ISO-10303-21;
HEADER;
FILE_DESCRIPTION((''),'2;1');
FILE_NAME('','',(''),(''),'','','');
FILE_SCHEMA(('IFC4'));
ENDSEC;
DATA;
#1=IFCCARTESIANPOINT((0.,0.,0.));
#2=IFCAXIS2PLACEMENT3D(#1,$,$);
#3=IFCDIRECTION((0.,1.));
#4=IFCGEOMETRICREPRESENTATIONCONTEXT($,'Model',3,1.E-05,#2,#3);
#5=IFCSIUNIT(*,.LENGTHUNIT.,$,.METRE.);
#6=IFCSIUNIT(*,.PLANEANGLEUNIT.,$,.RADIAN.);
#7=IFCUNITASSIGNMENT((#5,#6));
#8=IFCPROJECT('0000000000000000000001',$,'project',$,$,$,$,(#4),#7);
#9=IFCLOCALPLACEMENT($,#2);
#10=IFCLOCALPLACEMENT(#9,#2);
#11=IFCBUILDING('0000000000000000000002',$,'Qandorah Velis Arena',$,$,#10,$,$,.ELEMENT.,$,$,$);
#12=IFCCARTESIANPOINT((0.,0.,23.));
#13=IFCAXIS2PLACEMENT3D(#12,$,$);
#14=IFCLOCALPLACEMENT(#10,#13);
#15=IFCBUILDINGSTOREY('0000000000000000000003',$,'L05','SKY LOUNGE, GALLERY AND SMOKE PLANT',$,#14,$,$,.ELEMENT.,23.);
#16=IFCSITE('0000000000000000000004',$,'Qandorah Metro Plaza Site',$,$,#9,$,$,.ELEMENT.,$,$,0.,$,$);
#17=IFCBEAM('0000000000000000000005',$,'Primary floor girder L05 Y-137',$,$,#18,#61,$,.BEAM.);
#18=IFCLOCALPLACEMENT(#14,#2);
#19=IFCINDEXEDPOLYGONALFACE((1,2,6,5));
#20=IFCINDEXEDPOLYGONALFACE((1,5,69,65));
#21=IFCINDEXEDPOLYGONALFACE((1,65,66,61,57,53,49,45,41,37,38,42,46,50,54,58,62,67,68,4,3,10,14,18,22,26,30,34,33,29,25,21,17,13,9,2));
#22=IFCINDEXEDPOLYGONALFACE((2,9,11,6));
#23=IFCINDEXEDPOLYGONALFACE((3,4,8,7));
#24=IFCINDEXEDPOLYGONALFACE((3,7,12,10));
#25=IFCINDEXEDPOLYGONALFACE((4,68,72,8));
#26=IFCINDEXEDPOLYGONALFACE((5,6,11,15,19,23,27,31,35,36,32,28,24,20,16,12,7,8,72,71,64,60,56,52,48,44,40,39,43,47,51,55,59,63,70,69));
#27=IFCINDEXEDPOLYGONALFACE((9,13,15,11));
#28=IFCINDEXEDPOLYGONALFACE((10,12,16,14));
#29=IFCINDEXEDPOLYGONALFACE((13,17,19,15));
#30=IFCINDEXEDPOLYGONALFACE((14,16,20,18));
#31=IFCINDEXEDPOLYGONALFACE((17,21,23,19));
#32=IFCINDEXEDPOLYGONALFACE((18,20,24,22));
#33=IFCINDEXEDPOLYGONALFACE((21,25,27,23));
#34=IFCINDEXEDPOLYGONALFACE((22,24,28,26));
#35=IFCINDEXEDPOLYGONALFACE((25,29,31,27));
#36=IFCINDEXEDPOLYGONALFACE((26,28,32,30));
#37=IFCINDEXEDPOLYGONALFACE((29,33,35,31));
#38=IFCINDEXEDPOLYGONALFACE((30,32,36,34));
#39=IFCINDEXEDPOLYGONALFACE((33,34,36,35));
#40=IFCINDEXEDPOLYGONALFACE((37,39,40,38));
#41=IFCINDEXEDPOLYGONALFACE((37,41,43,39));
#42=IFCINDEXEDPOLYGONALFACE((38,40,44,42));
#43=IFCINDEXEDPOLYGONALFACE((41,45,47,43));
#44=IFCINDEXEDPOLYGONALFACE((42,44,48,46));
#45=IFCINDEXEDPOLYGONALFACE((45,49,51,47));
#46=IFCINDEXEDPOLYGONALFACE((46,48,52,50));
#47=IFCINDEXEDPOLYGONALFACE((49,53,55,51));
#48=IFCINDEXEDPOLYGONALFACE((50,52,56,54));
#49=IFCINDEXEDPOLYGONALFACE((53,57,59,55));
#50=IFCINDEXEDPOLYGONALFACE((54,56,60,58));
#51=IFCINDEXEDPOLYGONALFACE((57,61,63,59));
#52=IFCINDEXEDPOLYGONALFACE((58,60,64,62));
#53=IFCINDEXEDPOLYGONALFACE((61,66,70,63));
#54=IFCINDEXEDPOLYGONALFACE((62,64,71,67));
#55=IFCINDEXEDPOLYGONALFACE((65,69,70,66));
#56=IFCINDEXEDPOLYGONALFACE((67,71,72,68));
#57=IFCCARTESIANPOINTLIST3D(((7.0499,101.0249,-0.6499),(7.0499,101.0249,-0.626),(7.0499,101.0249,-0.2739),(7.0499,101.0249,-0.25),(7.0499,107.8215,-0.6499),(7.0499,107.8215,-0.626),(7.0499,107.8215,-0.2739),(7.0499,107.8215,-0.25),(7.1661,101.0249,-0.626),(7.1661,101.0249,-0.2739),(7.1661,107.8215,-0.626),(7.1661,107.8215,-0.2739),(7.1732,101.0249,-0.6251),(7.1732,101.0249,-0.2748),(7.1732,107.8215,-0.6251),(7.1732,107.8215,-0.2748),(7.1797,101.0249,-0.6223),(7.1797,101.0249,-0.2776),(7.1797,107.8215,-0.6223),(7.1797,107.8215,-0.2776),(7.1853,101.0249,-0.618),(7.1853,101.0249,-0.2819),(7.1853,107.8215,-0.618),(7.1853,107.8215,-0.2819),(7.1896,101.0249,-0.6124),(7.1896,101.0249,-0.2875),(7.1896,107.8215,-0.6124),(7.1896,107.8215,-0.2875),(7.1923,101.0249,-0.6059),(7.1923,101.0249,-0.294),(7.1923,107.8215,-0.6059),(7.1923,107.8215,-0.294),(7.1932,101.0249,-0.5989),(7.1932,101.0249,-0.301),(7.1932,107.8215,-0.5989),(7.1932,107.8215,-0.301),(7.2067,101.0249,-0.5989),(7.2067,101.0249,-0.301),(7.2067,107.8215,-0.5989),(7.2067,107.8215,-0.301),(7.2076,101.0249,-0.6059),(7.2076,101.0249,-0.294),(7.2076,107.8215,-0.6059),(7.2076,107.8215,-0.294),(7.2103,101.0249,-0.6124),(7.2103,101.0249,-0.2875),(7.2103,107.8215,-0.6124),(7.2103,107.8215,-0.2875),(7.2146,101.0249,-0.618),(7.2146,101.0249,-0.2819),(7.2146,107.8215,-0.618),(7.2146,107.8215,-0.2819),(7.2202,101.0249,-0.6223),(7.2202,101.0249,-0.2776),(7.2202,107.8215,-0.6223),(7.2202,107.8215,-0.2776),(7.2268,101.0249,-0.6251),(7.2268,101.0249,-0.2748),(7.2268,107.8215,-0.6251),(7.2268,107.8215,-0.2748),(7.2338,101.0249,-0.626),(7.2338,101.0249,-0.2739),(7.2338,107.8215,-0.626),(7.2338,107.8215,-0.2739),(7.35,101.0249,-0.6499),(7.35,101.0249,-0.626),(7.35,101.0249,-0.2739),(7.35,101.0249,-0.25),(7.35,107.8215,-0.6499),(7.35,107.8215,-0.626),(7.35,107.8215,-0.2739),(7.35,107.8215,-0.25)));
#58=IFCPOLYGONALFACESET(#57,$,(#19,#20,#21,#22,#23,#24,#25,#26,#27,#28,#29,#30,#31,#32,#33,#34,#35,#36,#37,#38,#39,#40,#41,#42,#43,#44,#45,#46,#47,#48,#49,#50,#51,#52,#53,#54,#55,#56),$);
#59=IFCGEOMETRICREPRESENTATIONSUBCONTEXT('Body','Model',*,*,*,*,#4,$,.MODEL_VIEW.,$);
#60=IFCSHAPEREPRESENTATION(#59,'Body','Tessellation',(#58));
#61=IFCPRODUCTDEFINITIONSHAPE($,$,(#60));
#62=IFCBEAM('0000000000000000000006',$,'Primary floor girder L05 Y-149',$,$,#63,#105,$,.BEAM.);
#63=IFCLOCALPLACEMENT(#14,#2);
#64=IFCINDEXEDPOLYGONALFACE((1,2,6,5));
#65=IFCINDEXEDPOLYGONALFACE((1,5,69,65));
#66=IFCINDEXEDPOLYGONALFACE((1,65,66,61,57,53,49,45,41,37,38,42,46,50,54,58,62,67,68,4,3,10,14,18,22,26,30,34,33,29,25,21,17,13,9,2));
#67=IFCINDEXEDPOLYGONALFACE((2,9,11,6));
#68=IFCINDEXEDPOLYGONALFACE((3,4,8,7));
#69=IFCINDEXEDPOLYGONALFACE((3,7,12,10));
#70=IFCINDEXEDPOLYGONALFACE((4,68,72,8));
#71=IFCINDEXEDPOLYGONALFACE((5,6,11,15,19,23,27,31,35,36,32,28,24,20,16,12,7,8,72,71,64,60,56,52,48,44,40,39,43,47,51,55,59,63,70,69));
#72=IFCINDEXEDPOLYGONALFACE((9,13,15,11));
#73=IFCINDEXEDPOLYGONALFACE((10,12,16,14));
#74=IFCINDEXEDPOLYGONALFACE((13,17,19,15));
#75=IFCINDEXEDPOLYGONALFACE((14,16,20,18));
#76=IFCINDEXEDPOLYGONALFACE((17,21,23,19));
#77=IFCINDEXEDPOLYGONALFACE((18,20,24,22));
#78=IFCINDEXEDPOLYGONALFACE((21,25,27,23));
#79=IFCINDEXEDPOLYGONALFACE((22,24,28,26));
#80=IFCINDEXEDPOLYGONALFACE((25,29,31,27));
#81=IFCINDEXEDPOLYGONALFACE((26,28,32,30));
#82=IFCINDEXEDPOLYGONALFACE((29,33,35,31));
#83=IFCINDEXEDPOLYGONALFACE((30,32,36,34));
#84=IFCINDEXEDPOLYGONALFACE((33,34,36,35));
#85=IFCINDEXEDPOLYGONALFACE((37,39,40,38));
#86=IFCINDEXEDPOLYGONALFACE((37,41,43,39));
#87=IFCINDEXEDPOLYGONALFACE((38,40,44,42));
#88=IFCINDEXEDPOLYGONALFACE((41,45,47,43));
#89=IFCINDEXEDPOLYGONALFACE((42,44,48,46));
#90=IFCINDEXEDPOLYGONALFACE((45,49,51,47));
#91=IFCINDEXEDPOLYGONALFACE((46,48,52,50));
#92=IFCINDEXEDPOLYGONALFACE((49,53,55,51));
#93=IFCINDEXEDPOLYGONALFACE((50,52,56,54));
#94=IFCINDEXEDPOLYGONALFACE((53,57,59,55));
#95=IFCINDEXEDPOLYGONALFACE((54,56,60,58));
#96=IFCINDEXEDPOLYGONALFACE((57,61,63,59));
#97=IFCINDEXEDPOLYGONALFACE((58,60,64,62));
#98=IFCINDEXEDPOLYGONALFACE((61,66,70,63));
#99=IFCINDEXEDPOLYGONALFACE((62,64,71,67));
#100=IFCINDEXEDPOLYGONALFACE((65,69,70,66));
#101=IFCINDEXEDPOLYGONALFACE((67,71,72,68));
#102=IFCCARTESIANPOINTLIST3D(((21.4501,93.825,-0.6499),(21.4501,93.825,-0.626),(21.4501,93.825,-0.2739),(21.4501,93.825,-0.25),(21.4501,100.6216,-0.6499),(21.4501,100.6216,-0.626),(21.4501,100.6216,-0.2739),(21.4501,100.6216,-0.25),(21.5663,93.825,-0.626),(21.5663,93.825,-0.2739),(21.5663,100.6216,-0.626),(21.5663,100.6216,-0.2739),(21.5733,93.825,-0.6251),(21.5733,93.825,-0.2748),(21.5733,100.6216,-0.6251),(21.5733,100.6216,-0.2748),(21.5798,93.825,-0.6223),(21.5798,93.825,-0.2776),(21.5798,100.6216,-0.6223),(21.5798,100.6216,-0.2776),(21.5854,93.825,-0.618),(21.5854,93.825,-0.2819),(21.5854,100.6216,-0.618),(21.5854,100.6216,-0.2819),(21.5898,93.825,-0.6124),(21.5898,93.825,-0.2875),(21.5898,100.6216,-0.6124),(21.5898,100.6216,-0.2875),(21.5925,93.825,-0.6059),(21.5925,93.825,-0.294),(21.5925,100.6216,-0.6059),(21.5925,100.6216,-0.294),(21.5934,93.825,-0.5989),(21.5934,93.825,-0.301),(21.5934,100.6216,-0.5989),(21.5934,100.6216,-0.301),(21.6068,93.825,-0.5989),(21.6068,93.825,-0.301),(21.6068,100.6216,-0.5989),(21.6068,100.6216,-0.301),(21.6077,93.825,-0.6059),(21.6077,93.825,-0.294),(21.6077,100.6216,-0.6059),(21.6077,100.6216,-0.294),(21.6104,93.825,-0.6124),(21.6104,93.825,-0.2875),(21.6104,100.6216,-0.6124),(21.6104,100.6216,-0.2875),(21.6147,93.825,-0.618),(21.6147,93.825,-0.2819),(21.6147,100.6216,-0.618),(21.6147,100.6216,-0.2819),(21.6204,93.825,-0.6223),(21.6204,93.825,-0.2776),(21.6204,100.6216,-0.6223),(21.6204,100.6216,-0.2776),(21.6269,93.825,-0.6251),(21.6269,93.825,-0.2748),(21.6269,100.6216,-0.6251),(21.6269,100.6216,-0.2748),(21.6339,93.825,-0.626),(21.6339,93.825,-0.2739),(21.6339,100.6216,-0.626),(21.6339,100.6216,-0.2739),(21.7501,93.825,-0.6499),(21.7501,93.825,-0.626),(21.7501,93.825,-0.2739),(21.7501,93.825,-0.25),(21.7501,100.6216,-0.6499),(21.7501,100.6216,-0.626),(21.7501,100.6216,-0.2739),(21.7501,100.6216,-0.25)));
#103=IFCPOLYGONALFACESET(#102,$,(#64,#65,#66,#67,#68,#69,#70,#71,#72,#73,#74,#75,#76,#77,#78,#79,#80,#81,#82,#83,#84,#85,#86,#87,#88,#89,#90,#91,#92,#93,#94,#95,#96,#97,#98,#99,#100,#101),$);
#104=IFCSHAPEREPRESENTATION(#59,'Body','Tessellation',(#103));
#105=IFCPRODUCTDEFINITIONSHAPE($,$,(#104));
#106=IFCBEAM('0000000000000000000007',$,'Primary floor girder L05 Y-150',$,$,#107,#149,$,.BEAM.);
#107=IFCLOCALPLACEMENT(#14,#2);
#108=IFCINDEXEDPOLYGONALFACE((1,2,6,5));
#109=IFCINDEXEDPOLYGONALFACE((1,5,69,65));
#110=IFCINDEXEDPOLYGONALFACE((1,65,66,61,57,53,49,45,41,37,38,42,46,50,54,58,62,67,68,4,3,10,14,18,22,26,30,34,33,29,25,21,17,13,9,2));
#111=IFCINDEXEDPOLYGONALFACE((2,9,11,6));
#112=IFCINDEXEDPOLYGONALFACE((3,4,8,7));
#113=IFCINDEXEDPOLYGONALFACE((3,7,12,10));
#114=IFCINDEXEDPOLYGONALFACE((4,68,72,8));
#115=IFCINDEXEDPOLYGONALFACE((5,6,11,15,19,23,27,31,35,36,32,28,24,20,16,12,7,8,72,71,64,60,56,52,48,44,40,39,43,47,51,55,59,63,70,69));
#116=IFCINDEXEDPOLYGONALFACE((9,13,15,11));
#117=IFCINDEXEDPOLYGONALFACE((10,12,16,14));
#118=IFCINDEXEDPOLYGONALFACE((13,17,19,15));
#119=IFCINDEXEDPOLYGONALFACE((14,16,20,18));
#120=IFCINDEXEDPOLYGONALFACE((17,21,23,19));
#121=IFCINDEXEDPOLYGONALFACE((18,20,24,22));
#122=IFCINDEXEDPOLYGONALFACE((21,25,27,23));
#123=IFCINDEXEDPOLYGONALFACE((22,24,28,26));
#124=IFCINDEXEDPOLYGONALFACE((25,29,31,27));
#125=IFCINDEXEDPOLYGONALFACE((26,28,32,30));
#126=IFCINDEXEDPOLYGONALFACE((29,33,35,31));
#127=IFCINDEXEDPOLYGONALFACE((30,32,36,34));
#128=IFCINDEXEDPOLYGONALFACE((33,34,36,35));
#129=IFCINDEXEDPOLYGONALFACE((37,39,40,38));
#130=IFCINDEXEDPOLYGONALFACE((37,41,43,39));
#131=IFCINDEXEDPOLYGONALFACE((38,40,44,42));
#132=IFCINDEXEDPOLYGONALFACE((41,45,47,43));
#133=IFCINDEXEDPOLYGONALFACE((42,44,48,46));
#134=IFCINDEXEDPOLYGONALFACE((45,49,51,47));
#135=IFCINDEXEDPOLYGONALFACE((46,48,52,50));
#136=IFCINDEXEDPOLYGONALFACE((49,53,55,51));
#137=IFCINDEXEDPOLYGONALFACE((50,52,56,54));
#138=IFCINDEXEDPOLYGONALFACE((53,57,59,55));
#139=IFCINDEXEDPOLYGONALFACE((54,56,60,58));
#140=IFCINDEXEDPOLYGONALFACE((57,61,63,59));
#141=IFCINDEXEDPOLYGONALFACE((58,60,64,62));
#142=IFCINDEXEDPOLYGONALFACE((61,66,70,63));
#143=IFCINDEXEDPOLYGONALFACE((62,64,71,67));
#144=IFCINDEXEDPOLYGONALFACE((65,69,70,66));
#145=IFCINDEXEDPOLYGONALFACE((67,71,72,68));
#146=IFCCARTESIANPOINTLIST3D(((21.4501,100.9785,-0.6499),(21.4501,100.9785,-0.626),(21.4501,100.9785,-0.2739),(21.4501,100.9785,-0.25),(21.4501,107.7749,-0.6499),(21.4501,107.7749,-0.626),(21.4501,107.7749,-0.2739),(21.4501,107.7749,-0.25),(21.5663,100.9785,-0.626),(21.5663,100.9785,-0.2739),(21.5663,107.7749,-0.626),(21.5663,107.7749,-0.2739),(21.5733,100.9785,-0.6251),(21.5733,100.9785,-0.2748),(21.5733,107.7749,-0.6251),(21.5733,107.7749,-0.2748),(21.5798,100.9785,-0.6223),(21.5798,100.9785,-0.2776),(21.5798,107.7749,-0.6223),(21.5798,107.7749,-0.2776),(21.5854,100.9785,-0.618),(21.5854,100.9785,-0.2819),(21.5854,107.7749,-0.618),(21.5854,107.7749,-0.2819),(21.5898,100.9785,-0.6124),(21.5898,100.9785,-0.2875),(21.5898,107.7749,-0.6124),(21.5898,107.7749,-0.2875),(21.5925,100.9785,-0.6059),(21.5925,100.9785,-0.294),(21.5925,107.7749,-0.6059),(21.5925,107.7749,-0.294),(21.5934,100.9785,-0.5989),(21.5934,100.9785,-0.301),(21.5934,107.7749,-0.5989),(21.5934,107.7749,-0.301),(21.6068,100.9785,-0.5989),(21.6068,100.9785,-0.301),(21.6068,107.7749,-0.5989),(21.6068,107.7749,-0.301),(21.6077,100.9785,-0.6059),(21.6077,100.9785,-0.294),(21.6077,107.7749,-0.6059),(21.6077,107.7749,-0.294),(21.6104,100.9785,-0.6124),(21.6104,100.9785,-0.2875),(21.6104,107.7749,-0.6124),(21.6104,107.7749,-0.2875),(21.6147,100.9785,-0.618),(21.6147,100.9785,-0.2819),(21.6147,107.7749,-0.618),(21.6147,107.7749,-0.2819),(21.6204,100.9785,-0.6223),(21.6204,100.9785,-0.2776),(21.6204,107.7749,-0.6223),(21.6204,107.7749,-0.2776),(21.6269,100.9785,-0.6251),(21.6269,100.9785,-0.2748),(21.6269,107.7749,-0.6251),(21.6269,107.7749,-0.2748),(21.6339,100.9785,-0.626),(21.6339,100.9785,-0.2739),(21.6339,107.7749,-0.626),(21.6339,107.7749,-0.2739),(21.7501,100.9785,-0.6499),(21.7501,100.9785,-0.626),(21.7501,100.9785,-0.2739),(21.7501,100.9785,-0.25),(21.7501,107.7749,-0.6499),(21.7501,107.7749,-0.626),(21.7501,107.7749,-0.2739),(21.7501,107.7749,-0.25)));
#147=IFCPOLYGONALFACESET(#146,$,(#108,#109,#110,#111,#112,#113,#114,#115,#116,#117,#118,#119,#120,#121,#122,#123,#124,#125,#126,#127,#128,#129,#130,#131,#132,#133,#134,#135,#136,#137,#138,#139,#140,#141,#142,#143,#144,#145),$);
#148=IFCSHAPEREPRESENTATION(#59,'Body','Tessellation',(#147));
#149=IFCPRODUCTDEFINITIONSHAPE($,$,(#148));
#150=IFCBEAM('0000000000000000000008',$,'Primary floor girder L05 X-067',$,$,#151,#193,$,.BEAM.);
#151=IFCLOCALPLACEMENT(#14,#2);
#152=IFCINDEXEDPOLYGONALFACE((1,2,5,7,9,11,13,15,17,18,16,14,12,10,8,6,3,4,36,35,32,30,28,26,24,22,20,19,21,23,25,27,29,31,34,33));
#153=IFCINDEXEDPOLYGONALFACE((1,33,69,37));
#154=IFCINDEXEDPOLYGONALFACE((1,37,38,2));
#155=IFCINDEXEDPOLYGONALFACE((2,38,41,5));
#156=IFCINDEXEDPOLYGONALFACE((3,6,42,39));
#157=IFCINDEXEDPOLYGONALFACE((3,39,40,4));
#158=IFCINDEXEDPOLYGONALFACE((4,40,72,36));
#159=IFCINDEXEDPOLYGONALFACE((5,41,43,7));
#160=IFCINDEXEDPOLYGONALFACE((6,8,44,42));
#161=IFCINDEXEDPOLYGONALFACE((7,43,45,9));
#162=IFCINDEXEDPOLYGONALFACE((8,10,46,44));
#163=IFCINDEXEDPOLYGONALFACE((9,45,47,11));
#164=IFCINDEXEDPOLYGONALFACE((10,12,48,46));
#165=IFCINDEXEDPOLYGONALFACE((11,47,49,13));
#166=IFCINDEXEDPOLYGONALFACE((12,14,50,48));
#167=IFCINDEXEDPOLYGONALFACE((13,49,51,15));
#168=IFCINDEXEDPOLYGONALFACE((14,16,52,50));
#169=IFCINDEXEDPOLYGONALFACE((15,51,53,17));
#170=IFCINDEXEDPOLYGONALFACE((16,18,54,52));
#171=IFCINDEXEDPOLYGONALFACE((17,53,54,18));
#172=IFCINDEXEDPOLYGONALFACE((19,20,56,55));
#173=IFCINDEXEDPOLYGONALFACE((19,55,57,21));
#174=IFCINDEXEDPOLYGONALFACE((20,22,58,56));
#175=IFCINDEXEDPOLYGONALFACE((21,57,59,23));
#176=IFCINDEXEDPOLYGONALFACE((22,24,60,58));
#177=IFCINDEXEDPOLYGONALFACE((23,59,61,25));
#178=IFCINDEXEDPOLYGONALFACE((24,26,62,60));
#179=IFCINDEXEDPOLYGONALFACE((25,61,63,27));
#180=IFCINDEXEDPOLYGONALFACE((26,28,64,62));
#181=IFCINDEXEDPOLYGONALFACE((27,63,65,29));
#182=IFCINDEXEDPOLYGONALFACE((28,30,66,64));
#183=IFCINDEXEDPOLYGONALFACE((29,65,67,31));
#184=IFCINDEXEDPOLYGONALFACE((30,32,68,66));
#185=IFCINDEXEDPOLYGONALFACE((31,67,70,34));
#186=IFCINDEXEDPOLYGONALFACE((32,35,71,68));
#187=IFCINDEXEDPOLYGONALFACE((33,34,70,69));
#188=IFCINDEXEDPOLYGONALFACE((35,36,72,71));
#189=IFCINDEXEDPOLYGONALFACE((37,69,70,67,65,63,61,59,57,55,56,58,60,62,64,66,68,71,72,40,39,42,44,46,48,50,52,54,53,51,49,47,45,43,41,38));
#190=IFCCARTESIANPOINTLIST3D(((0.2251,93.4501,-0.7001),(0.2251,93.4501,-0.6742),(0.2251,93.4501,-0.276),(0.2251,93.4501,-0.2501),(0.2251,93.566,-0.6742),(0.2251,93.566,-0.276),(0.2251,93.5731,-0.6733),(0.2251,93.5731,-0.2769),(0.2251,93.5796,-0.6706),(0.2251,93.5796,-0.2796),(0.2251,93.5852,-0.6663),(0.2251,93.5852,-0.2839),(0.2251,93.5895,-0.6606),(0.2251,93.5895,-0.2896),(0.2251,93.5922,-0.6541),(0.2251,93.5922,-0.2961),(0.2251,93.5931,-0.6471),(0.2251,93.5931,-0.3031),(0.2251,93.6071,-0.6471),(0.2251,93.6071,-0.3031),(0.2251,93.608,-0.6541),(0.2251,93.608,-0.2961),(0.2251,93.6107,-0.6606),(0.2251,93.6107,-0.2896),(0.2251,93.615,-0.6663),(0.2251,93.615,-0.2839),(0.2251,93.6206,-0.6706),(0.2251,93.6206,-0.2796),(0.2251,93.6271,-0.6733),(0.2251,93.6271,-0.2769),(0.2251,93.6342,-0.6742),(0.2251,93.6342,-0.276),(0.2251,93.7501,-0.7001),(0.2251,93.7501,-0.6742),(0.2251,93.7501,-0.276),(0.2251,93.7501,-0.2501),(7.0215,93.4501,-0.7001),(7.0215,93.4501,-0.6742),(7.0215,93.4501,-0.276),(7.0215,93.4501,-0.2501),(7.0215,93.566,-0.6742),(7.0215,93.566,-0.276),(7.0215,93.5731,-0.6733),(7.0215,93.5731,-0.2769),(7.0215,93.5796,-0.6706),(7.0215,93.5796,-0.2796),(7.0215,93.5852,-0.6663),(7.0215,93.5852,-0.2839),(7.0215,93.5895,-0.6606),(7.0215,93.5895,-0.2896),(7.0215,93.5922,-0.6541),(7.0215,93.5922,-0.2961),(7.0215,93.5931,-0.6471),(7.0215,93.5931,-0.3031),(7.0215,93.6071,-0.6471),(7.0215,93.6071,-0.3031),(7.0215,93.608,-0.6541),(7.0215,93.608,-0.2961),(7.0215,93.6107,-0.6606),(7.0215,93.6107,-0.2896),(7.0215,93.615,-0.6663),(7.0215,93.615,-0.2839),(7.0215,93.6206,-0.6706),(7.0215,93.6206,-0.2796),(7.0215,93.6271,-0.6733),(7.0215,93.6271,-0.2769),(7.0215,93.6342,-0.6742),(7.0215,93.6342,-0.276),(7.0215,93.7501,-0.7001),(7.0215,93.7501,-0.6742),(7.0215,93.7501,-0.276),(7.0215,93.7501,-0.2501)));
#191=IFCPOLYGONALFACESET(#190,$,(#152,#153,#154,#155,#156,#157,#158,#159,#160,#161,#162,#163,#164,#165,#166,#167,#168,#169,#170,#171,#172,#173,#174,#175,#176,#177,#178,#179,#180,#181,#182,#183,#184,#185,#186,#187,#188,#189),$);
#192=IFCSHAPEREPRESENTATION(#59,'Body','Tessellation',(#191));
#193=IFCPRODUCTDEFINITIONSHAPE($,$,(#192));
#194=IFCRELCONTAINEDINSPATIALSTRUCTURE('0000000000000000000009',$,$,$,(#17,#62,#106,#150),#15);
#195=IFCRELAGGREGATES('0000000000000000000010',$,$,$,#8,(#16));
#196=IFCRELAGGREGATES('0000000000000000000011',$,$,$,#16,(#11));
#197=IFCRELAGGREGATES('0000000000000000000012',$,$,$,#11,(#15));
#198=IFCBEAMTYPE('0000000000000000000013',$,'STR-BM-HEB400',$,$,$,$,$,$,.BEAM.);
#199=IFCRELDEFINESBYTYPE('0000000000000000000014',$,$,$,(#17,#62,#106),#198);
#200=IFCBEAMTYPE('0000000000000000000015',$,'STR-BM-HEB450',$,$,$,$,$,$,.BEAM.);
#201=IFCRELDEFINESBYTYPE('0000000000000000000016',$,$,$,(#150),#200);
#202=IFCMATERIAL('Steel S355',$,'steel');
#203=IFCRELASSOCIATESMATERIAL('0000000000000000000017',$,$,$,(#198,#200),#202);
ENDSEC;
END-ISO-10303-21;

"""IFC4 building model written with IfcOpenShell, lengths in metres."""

from ifc_helpers import new_model, si_unit, direction, frame, origin, origin_2d, place, context, subcontext, project, spatial, i_section, extrude, material, material_profile, profile_set, type_object, element, save


model = new_model("IFC4")

# Units and contexts
model_context = context("Model", 3, precision=1e-05, world=origin(), true_north=direction((0.0, 1.0)))
body_context = subcontext(model_context, "Body", "Model", "MODEL_VIEW")
ifc_project = project(units=[si_unit("LENGTHUNIT", "METRE"), si_unit("PLANEANGLEUNIT", "RADIAN")], contexts=[model_context])

# Site, building, storey
site_placement = place(None, origin())
site = spatial("IfcSite", under=ifc_project, at=site_placement, Name="Qandorah Metro Plaza Site", CompositionType="ELEMENT", RefElevation=0.0)
building_placement = place(site_placement, origin())
building = spatial("IfcBuilding", under=site, at=building_placement, Name="Qandorah Velis Arena", CompositionType="ELEMENT")
storey_placement = place(building_placement, frame((0.0, 0.0, 23.0)))
storey = spatial("IfcBuildingStorey", under=building, at=storey_placement, Name="L05", Description="SKY LOUNGE, GALLERY AND SMOKE PLANT", CompositionType="ELEMENT", Elevation=23.0)

# Beams
ifc_material_1 = material(Name="Steel S355", Category="steel")
ifc_material_profile_1 = material_profile(ifc_material_1, i_section(OverallWidth=0.3, OverallDepth=0.3999, WebThickness=0.0134, FlangeThickness=0.0239, FilletRadius=0.0271, at=origin_2d()), Name="HEB 400")
ifc_profile_set_1 = profile_set([ifc_material_profile_1], Name="Steel S355")
beam_type_1 = type_object("IfcBeamType", Name="STR-BM-HEB400", PredefinedType="BEAM", material=ifc_profile_set_1)
for number, where, z_axis, x_axis, name in (
    (1, (7.2, 101.0249, -0.45), (0.0, 1.0, 0.0), (-1.0, 0.0, 0.0), "Primary floor girder L05 Y-137"),
    (2, (21.6001, 93.825, -0.45), (0.0, 1.0, 0.0), (-1.0, 0.0, 0.0), "Primary floor girder L05 Y-149"),
):
    element("IfcBeam", number, at=place(storey_placement, frame(where, z_axis=z_axis, x_axis=x_axis)), inside=storey, type_object=beam_type_1, Name=name, PredefinedType="BEAM", context=body_context, shape_type="SweptSolid", body=[
        extrude(i_section(OverallWidth=0.3, OverallDepth=0.3999, WebThickness=0.0134, FlangeThickness=0.0239, FilletRadius=0.0271, at=origin_2d()), origin(), (0.0, 0.0, 1.0), 6.7966),
    ])
beam_1_placement = place(storey_placement, frame((21.6001, 100.9785, -0.45), z_axis=(0.0, 1.0, 0.0), x_axis=(-1.0, 0.0, 0.0)))
element("IfcBeam", 3, at=beam_1_placement, inside=storey, type_object=beam_type_1, Name="Primary floor girder L05 Y-150", PredefinedType="BEAM", context=body_context, shape_type="SweptSolid", body=[
    extrude(i_section(OverallWidth=0.3, OverallDepth=0.3999, WebThickness=0.0134, FlangeThickness=0.0239, FilletRadius=0.0271, at=origin_2d()), origin(), (0.0, 0.0, 1.0), 6.7964),
])
ifc_material_profile_2 = material_profile(ifc_material_1, i_section(OverallWidth=0.3, OverallDepth=0.45, WebThickness=0.0139, FlangeThickness=0.0259, FilletRadius=0.0271, at=origin_2d()), Name="HEB 450")
ifc_profile_set_2 = profile_set([ifc_material_profile_2], Name="Steel S355")
beam_type_2 = type_object("IfcBeamType", Name="STR-BM-HEB450", PredefinedType="BEAM", material=ifc_profile_set_2)
beam_2_placement = place(storey_placement, frame((0.2251, 93.6001, -0.4751), z_axis=(1.0, 0.0, 0.0), x_axis=(0.0, 1.0, 0.0)))
element("IfcBeam", 4, at=beam_2_placement, inside=storey, type_object=beam_type_2, Name="Primary floor girder L05 X-067", PredefinedType="BEAM", context=body_context, shape_type="SweptSolid", body=[
    extrude(i_section(OverallWidth=0.3, OverallDepth=0.45, WebThickness=0.0139, FlangeThickness=0.0259, FilletRadius=0.0271, at=origin_2d()), origin(), (0.0, 0.0, 1.0), 6.7964),
])

save(model, "model.ifc")
